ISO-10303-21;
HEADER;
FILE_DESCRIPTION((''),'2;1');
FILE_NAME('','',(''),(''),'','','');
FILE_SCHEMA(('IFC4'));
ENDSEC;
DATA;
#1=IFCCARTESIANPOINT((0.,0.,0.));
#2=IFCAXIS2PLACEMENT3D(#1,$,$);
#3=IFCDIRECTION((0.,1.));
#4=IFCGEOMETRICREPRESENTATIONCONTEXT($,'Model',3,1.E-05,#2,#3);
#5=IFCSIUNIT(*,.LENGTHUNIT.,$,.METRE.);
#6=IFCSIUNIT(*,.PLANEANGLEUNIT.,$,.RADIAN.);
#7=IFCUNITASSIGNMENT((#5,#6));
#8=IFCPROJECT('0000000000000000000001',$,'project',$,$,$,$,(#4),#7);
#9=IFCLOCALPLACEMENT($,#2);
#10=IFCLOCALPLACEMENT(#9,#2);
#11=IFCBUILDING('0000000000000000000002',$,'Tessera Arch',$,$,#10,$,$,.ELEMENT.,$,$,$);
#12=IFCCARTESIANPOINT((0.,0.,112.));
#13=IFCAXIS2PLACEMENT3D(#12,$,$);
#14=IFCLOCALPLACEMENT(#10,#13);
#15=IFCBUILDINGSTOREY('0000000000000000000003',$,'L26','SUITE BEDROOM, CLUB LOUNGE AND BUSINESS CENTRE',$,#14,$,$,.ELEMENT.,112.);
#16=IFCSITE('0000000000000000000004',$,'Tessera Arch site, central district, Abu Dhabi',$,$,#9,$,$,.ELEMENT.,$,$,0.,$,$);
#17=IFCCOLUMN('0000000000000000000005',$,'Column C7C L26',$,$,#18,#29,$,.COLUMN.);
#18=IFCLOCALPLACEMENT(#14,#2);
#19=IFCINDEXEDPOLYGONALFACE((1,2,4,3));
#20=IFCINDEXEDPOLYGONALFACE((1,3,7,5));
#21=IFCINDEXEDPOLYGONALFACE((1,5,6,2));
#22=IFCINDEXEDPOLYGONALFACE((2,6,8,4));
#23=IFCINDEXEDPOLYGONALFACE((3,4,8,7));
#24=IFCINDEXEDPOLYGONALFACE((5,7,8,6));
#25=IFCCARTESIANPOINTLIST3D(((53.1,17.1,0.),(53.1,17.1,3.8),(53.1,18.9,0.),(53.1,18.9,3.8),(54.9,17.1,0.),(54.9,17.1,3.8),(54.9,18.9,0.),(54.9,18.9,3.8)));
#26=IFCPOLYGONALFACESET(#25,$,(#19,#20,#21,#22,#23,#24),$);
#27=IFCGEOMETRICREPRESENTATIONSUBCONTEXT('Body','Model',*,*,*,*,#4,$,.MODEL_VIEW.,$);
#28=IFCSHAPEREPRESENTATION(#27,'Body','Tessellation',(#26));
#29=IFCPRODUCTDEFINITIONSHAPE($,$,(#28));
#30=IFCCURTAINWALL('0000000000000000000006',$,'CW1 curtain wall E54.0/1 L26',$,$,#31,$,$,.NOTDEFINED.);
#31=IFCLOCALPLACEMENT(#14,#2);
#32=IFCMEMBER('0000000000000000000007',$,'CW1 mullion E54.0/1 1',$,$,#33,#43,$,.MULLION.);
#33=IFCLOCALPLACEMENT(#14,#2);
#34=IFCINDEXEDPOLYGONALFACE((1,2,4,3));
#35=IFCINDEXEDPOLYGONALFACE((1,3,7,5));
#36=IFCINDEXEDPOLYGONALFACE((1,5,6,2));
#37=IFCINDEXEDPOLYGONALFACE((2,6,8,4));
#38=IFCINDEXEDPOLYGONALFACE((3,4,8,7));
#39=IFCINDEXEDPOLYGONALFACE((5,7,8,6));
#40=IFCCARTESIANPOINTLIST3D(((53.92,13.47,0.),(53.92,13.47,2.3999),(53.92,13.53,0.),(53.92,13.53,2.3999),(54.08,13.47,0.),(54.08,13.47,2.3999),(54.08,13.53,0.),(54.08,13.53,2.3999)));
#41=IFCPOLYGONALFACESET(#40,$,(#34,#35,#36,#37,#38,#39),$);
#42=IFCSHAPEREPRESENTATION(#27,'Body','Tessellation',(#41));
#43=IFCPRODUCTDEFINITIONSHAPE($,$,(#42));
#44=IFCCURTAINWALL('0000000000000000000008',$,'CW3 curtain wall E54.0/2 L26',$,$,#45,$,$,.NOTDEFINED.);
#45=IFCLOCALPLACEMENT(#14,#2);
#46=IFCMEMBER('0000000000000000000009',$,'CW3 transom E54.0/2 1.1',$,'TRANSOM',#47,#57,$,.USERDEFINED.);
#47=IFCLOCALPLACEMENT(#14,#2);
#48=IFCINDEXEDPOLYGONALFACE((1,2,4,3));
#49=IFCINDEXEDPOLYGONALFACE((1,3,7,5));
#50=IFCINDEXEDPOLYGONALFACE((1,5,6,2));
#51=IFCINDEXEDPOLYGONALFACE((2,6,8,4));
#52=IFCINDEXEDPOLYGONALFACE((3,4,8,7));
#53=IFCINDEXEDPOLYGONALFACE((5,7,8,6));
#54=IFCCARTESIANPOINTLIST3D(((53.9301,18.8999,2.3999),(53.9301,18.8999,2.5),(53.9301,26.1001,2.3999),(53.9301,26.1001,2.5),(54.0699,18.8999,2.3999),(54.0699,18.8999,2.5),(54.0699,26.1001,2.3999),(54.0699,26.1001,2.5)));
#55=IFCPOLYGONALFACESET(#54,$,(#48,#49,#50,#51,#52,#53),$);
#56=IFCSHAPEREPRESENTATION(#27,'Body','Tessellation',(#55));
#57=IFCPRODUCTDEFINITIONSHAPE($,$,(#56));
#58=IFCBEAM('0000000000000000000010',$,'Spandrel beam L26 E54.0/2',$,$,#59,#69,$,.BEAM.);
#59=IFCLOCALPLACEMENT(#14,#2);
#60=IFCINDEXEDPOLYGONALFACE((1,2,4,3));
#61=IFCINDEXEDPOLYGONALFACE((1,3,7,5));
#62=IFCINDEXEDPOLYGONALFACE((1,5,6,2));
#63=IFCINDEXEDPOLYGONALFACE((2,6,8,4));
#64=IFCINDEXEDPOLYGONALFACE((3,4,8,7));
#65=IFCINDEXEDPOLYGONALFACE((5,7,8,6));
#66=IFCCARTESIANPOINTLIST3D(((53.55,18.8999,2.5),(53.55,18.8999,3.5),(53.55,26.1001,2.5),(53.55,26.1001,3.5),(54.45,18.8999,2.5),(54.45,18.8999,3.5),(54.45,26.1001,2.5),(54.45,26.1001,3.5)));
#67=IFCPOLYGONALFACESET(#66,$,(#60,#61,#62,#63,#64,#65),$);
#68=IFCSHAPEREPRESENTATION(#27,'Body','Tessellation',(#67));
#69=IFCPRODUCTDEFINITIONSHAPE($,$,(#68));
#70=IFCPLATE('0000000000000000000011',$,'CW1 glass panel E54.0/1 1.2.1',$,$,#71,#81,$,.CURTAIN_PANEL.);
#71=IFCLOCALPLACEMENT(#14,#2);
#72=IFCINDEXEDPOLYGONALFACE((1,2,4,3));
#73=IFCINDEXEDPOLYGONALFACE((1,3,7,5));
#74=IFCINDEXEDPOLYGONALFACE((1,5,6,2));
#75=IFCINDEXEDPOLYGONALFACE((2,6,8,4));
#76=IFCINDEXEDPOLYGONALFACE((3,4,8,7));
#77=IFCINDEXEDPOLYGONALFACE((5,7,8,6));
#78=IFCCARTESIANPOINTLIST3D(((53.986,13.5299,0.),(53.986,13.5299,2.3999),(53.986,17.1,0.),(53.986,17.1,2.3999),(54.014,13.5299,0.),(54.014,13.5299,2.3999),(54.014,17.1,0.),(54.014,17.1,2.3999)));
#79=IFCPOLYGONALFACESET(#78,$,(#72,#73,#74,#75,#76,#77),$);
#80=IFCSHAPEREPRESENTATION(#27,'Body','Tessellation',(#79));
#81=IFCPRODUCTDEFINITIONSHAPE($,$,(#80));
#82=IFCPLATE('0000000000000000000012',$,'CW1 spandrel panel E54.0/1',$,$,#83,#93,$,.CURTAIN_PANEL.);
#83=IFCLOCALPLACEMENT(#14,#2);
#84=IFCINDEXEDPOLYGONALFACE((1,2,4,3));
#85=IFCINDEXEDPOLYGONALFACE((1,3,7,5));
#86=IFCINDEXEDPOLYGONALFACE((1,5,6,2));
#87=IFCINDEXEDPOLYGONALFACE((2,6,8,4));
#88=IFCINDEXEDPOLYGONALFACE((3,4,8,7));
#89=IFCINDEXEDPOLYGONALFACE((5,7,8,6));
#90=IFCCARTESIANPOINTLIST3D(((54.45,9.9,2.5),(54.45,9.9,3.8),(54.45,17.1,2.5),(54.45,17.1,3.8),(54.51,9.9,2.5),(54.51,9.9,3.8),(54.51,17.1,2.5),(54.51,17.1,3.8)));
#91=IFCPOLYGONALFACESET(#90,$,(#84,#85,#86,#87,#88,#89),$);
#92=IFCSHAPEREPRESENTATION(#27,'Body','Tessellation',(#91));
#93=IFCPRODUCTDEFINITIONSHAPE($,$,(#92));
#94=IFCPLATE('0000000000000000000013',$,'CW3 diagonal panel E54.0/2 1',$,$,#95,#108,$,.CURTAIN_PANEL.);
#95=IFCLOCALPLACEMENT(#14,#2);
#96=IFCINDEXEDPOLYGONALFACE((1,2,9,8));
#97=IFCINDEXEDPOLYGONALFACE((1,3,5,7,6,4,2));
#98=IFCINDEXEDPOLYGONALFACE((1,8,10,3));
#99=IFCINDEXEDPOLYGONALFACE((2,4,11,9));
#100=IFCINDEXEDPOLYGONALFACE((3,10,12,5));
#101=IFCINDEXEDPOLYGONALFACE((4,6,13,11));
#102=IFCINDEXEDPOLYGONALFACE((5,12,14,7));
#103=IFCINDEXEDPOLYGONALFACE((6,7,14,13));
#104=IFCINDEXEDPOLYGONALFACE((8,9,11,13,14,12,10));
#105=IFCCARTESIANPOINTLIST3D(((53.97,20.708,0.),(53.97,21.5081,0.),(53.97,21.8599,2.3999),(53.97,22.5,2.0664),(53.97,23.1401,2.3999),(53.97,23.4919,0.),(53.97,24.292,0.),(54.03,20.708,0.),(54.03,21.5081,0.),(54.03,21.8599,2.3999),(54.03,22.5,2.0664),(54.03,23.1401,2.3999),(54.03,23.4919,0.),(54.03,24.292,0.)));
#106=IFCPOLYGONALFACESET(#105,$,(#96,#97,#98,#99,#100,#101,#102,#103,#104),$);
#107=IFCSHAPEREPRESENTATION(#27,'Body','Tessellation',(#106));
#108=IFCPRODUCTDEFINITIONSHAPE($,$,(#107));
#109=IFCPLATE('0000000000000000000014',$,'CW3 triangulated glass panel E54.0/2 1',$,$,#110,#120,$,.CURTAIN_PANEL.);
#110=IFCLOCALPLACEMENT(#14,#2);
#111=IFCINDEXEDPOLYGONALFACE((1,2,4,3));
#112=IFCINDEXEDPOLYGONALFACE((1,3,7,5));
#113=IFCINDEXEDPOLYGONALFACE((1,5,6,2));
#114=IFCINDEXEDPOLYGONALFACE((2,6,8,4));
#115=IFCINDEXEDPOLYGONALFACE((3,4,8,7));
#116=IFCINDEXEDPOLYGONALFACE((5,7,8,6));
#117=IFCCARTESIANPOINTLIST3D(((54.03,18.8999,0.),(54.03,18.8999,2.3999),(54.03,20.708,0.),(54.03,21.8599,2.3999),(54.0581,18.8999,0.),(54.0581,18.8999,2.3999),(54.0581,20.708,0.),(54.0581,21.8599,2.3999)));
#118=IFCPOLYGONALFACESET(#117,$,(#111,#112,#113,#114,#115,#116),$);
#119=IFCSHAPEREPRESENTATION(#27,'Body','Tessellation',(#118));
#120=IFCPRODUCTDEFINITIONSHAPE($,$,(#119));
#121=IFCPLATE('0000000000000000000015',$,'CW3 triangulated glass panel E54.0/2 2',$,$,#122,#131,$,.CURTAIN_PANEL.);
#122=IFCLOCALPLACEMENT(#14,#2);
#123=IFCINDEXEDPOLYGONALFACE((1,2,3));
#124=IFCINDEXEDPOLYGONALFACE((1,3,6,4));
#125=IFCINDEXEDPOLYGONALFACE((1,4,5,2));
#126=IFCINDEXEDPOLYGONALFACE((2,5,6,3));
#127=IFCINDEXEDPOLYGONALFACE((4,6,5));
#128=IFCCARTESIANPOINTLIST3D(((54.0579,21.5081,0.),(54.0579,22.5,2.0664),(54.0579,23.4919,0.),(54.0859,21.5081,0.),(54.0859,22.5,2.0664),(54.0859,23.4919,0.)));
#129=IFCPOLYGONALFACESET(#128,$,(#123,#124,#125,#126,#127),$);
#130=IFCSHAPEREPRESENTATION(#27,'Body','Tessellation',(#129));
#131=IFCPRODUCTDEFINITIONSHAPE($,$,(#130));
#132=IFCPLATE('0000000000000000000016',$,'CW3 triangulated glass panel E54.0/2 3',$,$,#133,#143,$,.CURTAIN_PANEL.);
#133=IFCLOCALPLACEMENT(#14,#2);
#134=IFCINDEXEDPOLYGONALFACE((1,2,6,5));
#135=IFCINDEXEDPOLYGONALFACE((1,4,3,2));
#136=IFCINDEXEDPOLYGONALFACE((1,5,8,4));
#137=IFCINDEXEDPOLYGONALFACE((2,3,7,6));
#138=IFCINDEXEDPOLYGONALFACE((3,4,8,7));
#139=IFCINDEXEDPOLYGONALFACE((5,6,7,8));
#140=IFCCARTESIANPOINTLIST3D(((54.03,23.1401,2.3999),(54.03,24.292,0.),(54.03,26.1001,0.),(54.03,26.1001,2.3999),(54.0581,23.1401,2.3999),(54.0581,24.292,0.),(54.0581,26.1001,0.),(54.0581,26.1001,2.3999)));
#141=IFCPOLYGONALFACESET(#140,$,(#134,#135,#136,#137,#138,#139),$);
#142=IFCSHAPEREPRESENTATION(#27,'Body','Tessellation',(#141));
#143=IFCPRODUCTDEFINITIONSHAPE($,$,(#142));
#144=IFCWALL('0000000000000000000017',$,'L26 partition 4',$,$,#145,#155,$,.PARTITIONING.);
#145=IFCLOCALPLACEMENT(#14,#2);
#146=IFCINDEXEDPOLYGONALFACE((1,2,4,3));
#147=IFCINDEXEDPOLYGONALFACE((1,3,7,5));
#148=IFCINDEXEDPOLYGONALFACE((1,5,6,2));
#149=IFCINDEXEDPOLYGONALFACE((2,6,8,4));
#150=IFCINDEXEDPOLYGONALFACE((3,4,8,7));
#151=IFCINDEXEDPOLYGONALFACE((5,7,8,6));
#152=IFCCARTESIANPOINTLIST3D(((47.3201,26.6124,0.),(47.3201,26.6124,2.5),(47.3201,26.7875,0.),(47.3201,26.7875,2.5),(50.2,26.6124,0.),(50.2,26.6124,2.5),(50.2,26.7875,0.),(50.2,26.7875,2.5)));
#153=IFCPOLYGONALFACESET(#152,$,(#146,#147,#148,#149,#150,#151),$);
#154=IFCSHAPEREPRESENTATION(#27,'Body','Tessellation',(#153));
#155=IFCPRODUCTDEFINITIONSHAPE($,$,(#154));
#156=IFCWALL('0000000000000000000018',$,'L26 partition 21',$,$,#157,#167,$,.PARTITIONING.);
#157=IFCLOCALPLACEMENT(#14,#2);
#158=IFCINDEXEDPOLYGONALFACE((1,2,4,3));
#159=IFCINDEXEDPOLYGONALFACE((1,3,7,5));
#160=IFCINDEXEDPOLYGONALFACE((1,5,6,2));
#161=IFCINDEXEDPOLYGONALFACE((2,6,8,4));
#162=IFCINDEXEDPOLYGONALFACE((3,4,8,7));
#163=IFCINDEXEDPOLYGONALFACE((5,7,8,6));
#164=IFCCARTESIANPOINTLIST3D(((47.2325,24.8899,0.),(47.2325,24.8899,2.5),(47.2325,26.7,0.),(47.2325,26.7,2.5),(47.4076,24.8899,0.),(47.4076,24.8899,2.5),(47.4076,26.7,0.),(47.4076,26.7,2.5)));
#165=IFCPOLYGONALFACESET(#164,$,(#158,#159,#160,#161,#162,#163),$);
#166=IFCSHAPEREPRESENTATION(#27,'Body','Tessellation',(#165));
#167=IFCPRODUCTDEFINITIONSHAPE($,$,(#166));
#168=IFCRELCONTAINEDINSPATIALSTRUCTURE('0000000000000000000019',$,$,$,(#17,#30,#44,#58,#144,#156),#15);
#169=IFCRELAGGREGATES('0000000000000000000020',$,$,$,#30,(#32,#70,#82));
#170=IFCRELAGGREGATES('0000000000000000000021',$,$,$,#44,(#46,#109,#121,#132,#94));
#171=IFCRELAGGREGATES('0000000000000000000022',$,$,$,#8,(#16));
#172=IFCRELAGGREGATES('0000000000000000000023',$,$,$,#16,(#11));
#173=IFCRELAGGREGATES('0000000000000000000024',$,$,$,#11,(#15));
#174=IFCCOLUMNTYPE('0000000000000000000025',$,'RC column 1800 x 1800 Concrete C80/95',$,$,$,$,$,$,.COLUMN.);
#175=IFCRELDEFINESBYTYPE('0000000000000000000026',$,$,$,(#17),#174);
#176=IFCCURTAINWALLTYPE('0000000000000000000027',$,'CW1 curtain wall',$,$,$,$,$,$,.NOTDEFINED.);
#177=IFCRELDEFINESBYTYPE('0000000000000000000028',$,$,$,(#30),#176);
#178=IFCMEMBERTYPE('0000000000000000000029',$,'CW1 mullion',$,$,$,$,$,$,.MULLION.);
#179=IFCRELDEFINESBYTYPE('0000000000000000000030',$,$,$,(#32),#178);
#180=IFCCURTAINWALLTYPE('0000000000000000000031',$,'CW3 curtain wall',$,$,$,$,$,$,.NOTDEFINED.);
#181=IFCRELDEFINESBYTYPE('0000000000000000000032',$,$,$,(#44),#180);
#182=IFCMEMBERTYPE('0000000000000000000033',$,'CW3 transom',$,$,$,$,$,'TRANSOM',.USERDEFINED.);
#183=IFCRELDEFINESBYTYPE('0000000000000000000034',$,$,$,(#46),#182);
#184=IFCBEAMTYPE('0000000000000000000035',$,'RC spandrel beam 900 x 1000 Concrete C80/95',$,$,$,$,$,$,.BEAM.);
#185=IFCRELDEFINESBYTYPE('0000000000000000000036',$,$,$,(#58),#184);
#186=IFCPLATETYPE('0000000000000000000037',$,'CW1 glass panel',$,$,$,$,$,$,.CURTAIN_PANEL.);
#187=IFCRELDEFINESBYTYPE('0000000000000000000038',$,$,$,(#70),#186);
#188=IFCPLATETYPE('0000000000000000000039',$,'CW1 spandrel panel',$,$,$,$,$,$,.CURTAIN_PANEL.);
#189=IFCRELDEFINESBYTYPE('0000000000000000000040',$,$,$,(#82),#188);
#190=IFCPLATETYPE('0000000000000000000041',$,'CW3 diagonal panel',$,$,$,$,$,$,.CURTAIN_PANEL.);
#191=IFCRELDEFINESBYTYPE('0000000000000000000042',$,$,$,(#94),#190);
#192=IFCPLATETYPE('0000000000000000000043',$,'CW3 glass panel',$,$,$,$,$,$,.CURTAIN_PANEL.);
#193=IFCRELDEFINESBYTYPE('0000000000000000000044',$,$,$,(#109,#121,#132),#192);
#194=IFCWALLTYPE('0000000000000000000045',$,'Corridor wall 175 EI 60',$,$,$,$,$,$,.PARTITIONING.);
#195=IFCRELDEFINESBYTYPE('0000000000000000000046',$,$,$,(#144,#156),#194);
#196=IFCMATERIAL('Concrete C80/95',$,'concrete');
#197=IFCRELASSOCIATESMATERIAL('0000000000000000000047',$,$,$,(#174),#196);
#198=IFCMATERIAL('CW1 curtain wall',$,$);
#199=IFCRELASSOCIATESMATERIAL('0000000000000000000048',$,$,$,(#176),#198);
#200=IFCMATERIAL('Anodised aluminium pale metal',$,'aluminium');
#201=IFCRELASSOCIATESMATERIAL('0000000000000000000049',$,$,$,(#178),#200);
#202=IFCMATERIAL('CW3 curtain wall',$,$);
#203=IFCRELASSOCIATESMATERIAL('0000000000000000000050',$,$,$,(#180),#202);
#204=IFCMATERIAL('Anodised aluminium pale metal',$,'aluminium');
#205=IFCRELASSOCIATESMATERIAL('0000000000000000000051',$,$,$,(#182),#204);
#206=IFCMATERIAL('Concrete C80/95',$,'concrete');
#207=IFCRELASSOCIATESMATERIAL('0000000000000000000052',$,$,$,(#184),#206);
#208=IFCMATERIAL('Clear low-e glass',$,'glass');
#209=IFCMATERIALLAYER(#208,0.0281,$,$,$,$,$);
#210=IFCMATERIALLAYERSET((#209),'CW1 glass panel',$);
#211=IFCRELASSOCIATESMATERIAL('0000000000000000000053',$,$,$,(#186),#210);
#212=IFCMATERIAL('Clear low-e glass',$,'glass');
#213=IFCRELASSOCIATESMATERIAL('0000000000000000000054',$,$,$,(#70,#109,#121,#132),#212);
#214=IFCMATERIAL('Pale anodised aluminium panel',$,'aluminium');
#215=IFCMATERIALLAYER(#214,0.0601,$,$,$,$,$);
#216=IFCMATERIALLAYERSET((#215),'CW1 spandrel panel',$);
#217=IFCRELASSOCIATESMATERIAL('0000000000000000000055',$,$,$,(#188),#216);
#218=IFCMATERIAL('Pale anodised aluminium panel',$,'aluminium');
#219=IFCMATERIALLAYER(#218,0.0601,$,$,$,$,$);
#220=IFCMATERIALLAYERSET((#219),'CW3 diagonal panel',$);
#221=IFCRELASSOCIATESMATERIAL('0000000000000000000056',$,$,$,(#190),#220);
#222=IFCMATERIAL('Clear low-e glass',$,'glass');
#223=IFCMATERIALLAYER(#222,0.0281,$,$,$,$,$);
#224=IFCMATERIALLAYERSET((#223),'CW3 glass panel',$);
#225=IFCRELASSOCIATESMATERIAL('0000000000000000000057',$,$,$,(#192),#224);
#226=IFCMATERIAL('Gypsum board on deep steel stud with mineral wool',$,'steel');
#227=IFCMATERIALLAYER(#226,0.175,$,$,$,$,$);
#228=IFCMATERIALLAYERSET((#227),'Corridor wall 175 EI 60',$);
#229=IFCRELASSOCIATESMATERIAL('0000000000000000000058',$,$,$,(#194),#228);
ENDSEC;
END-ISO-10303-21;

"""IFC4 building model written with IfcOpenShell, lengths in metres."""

from ifc_helpers import new_model, si_unit, direction, frame, frame_2d, origin, origin_2d, place, context, subcontext, project, spatial, polyline, rectangle, outline, extrude, material, layer, layer_set, material_profile, profile_set, type_object, element, aggregate, save


model = new_model("IFC4")

# Units and contexts
model_context = context("Model", 3, precision=1e-05, world=origin(), true_north=direction((0.0, 1.0)))
body_context = subcontext(model_context, "Body", "Model", "MODEL_VIEW")
ifc_project = project(units=[si_unit("LENGTHUNIT", "METRE"), si_unit("PLANEANGLEUNIT", "RADIAN")], contexts=[model_context])

# Site, building, storey
site_placement = place(None, origin())
site = spatial("IfcSite", under=ifc_project, at=site_placement, Name="Tessera Arch site, central district, Abu Dhabi", CompositionType="ELEMENT", RefElevation=0.0)
building_placement = place(site_placement, origin())
building = spatial("IfcBuilding", under=site, at=building_placement, Name="Tessera Arch", CompositionType="ELEMENT")
storey_placement = place(building_placement, frame((0.0, 0.0, 112.0)))
storey = spatial("IfcBuildingStorey", under=building, at=storey_placement, Name="L26", Description="SUITE BEDROOM, CLUB LOUNGE AND BUSINESS CENTRE", CompositionType="ELEMENT", Elevation=112.0)

# Column
ifc_material_1 = material(Name="Concrete C80/95", Category="concrete")
ifc_material_profile_1 = material_profile(ifc_material_1, rectangle(XDim=1.8, YDim=1.8, at=origin_2d()), Name="RC column 1800 x 1800 Concrete C80/95")
ifc_profile_set_1 = profile_set([ifc_material_profile_1], Name="Concrete C80/95")
column_type = type_object("IfcColumnType", Name="RC column 1800 x 1800 Concrete C80/95", PredefinedType="COLUMN", material=ifc_profile_set_1)
column_placement = place(storey_placement, frame((54.0, 18.0, 0.0), z_axis=(0.0, 0.0, 1.0), x_axis=(1.0, 0.0, 0.0)))
element("IfcColumn", 1, at=column_placement, inside=storey, type_object=column_type, Name="Column C7C L26", PredefinedType="COLUMN", context=body_context, shape_type="SweptSolid", body=[
    extrude(rectangle(XDim=1.8, YDim=1.8, at=origin_2d()), origin(), (0.0, 0.0, 1.0), 3.8),
])

# Curtain walls, members
ifc_material_2 = material(Name="CW1 curtain wall")
curtain_wall_type_1 = type_object("IfcCurtainWallType", Name="CW1 curtain wall", PredefinedType="NOTDEFINED", material=ifc_material_2)
curtain_wall_1_placement = place(storey_placement, origin())
curtain_wall_1 = element("IfcCurtainWall", 2, at=curtain_wall_1_placement, inside=storey, type_object=curtain_wall_type_1, Name="CW1 curtain wall E54.0/1 L26", PredefinedType="NOTDEFINED")
ifc_material_3 = material(Name="Anodised aluminium pale metal", Category="aluminium")
ifc_material_profile_2 = material_profile(ifc_material_3, rectangle(XDim=0.1599, YDim=0.0601, at=origin_2d()), Name="AL 60x160")
ifc_profile_set_2 = profile_set([ifc_material_profile_2], Name="Anodised aluminium pale metal")
member_type_1 = type_object("IfcMemberType", Name="CW1 mullion", PredefinedType="MULLION", material=ifc_profile_set_2)
member_1_placement = place(storey_placement, frame((54.0, 13.5, 0.0), z_axis=(0.0, 0.0, 1.0), x_axis=(-1.0, 0.0, 0.0)))
member_1 = element("IfcMember", 3, at=member_1_placement, type_object=member_type_1, Name="CW1 mullion E54.0/1 1", PredefinedType="MULLION", context=body_context, shape_type="SweptSolid", body=[
    extrude(rectangle(XDim=0.1599, YDim=0.0601, at=origin_2d()), origin(), (0.0, 0.0, 1.0), 2.3999),
])
ifc_material_4 = material(Name="CW3 curtain wall")
curtain_wall_type_2 = type_object("IfcCurtainWallType", Name="CW3 curtain wall", PredefinedType="NOTDEFINED", material=ifc_material_4)
curtain_wall_2_placement = place(storey_placement, origin())
curtain_wall_2 = element("IfcCurtainWall", 4, at=curtain_wall_2_placement, inside=storey, type_object=curtain_wall_type_2, Name="CW3 curtain wall E54.0/2 L26", PredefinedType="NOTDEFINED")
ifc_material_5 = material(Name="Anodised aluminium pale metal", Category="aluminium")
ifc_material_profile_3 = material_profile(ifc_material_5, rectangle(XDim=0.1399, YDim=0.1001, at=origin_2d()), Name="AL 140x100")
ifc_profile_set_3 = profile_set([ifc_material_profile_3], Name="Anodised aluminium pale metal")
member_type_2 = type_object("IfcMemberType", Name="CW3 transom", ElementType="TRANSOM", PredefinedType="USERDEFINED", material=ifc_profile_set_3)
member_2_placement = place(storey_placement, frame((54.0, 18.8999, 2.45), z_axis=(0.0, 1.0, 0.0), x_axis=(-1.0, 0.0, 0.0)))
member_2 = element("IfcMember", 5, at=member_2_placement, type_object=member_type_2, Name="CW3 transom E54.0/2 1.1", ObjectType="TRANSOM", PredefinedType="USERDEFINED", context=body_context, shape_type="SweptSolid", body=[
    extrude(rectangle(XDim=0.1399, YDim=0.1001, at=origin_2d()), origin(), (0.0, 0.0, 1.0), 7.2002),
])

# Beam
ifc_material_6 = material(Name="Concrete C80/95", Category="concrete")
ifc_material_profile_4 = material_profile(ifc_material_6, rectangle(XDim=0.8999, YDim=1.0, at=origin_2d()), Name="RC spandrel beam 900 x 1000 Concrete C80/95")
ifc_profile_set_4 = profile_set([ifc_material_profile_4], Name="Concrete C80/95")
beam_type = type_object("IfcBeamType", Name="RC spandrel beam 900 x 1000 Concrete C80/95", PredefinedType="BEAM", material=ifc_profile_set_4)
beam_placement = place(storey_placement, frame((54.0, 18.8999, 3.0), z_axis=(0.0, 1.0, 0.0), x_axis=(-1.0, 0.0, 0.0)))
element("IfcBeam", 6, at=beam_placement, inside=storey, type_object=beam_type, Name="Spandrel beam L26 E54.0/2", PredefinedType="BEAM", context=body_context, shape_type="SweptSolid", body=[
    extrude(rectangle(XDim=0.8999, YDim=1.0, at=origin_2d()), origin(), (0.0, 0.0, 1.0), 7.2002),
])

# Plates
ifc_material_7 = material(Name="Clear low-e glass", Category="glass")
ifc_material_8 = material(Name="Clear low-e glass", Category="glass")
ifc_layer_1 = layer(ifc_material_8, 0.0281)
ifc_layer_set_1 = layer_set([ifc_layer_1], Name="CW1 glass panel")
plate_type_1 = type_object("IfcPlateType", Name="CW1 glass panel", PredefinedType="CURTAIN_PANEL", material=ifc_layer_set_1)
plate_1_placement = place(storey_placement, frame((54.0, 15.3149, 0.0), z_axis=(0.0, 0.0, 1.0), x_axis=(0.0, 1.0, 0.0)))
plate_1 = element("IfcPlate", 7, at=plate_1_placement, type_object=plate_type_1, material=ifc_material_7, Name="CW1 glass panel E54.0/1 1.2.1", PredefinedType="CURTAIN_PANEL", context=body_context, shape_type="SweptSolid", body=[
    extrude(rectangle(XDim=3.5701, YDim=0.0281, at=origin_2d()), origin(), (0.0, 0.0, 1.0), 2.3999),
])
ifc_material_9 = material(Name="Pale anodised aluminium panel", Category="aluminium")
ifc_layer_2 = layer(ifc_material_9, 0.0601)
ifc_layer_set_2 = layer_set([ifc_layer_2], Name="CW1 spandrel panel")
plate_type_2 = type_object("IfcPlateType", Name="CW1 spandrel panel", PredefinedType="CURTAIN_PANEL", material=ifc_layer_set_2)
plate_2_placement = place(storey_placement, frame((54.48, 13.5, 2.5), z_axis=(0.0, 0.0, 1.0), x_axis=(0.0, 1.0, 0.0)))
plate_2 = element("IfcPlate", 8, at=plate_2_placement, type_object=plate_type_2, Name="CW1 spandrel panel E54.0/1", PredefinedType="CURTAIN_PANEL", context=body_context, shape_type="SweptSolid", body=[
    extrude(rectangle(XDim=7.2, YDim=0.0601, at=origin_2d()), origin(), (0.0, 0.0, 1.0), 1.3),
])
aggregate(curtain_wall_1, [member_1, plate_1, plate_2])
ifc_material_10 = material(Name="Pale anodised aluminium panel", Category="aluminium")
ifc_layer_3 = layer(ifc_material_10, 0.0601)
ifc_layer_set_3 = layer_set([ifc_layer_3], Name="CW3 diagonal panel")
plate_type_3 = type_object("IfcPlateType", Name="CW3 diagonal panel", PredefinedType="CURTAIN_PANEL", material=ifc_layer_set_3)
plate_3_placement = place(storey_placement, frame((54.03, 23.1401, 2.3999), z_axis=(1.0, 0.0, 0.0), x_axis=(0.0, -1.0, 0.0)))
plate_3 = element("IfcPlate", 9, at=plate_3_placement, type_object=plate_type_3, Name="CW3 diagonal panel E54.0/2 1", PredefinedType="CURTAIN_PANEL", context=body_context, shape_type="SweptSolid", body=[
    extrude(outline(polyline([(0.0, 0.0), (1.2803, 0.0), (2.4321, 2.3999), (1.6321, 2.3999), (0.6401, 0.3335), (-0.3518, 2.3999), (-1.1519, 2.3999), (0.0, 0.0)])), origin(), (0.0, 0.0, -1.0), 0.0601),
])
ifc_material_11 = material(Name="Clear low-e glass", Category="glass")
ifc_layer_4 = layer(ifc_material_11, 0.0281)
ifc_layer_set_4 = layer_set([ifc_layer_4], Name="CW3 glass panel")
plate_type_4 = type_object("IfcPlateType", Name="CW3 glass panel", PredefinedType="CURTAIN_PANEL", material=ifc_layer_set_4)
plate_4_placement = place(storey_placement, frame((54.0581, 18.8999, 0.0), z_axis=(1.0, 0.0, 0.0), x_axis=(0.0, 1.0, 0.0)))
plate_4 = element("IfcPlate", 10, at=plate_4_placement, type_object=plate_type_4, material=ifc_material_7, Name="CW3 triangulated glass panel E54.0/2 1", PredefinedType="CURTAIN_PANEL", context=body_context, shape_type="SweptSolid", body=[
    extrude(outline(polyline([(0.0, 0.0), (1.8081, 0.0), (2.96, 2.3999), (0.0, 2.3999), (0.0, 0.0)])), origin(), (0.0, 0.0, -1.0), 0.0281),
])
plate_5_placement = place(storey_placement, frame((54.0859, 21.5081, 0.0), z_axis=(1.0, 0.0, 0.0), x_axis=(0.0, 1.0, 0.0)))
plate_5 = element("IfcPlate", 11, at=plate_5_placement, type_object=plate_type_4, material=ifc_material_7, Name="CW3 triangulated glass panel E54.0/2 2", PredefinedType="CURTAIN_PANEL", context=body_context, shape_type="SweptSolid", body=[
    extrude(outline(polyline([(0.0, 0.0), (1.9839, 0.0), (0.9919, 2.0664), (0.0, 0.0)])), origin(), (0.0, 0.0, -1.0), 0.0281),
])
plate_6_placement = place(storey_placement, frame((54.0581, 26.1001, 2.3999), z_axis=(1.0, 0.0, 0.0), x_axis=(0.0, -1.0, 0.0)))
plate_6 = element("IfcPlate", 12, at=plate_6_placement, type_object=plate_type_4, material=ifc_material_7, Name="CW3 triangulated glass panel E54.0/2 3", PredefinedType="CURTAIN_PANEL", context=body_context, shape_type="SweptSolid", body=[
    extrude(outline(polyline([(0.0, 0.0), (2.96, 0.0), (1.8081, 2.3999), (0.0, 2.3999), (0.0, 0.0)])), origin(), (0.0, 0.0, -1.0), 0.0281),
])

# Walls
ifc_material_12 = material(Name="Gypsum board on deep steel stud with mineral wool", Category="steel")
ifc_layer_5 = layer(ifc_material_12, 0.175)
ifc_layer_set_5 = layer_set([ifc_layer_5], Name="Corridor wall 175 EI 60")
wall_type_1 = type_object("IfcWallType", Name="Corridor wall 175 EI 60", PredefinedType="PARTITIONING", material=ifc_layer_set_5)
wall_1_placement = place(storey_placement, frame((47.3201, 26.7, 0.0), z_axis=(0.0, 0.0, 1.0), x_axis=(1.0, 0.0, 0.0)))
element("IfcWall", 13, at=wall_1_placement, inside=storey, type_object=wall_type_1, Name="L26 partition 4", PredefinedType="PARTITIONING", context=body_context, shape_type="SweptSolid", body=[
    extrude(rectangle(XDim=2.8799, YDim=0.175, at=frame_2d((1.4399, 0.0))), origin(), (0.0, 0.0, 1.0), 2.5),
])
wall_2_placement = place(storey_placement, frame((47.3201, 24.8899, 0.0), z_axis=(0.0, 0.0, 1.0), x_axis=(0.0, 1.0, 0.0)))
element("IfcWall", 14, at=wall_2_placement, inside=storey, type_object=wall_type_1, Name="L26 partition 21", PredefinedType="PARTITIONING", context=body_context, shape_type="SweptSolid", body=[
    extrude(rectangle(XDim=1.8101, YDim=0.175, at=frame_2d((0.905, 0.0))), origin(), (0.0, 0.0, 1.0), 2.5),
])

aggregate(curtain_wall_2, [member_2, plate_4, plate_5, plate_6, plate_3])

save(model, "model.ifc")
